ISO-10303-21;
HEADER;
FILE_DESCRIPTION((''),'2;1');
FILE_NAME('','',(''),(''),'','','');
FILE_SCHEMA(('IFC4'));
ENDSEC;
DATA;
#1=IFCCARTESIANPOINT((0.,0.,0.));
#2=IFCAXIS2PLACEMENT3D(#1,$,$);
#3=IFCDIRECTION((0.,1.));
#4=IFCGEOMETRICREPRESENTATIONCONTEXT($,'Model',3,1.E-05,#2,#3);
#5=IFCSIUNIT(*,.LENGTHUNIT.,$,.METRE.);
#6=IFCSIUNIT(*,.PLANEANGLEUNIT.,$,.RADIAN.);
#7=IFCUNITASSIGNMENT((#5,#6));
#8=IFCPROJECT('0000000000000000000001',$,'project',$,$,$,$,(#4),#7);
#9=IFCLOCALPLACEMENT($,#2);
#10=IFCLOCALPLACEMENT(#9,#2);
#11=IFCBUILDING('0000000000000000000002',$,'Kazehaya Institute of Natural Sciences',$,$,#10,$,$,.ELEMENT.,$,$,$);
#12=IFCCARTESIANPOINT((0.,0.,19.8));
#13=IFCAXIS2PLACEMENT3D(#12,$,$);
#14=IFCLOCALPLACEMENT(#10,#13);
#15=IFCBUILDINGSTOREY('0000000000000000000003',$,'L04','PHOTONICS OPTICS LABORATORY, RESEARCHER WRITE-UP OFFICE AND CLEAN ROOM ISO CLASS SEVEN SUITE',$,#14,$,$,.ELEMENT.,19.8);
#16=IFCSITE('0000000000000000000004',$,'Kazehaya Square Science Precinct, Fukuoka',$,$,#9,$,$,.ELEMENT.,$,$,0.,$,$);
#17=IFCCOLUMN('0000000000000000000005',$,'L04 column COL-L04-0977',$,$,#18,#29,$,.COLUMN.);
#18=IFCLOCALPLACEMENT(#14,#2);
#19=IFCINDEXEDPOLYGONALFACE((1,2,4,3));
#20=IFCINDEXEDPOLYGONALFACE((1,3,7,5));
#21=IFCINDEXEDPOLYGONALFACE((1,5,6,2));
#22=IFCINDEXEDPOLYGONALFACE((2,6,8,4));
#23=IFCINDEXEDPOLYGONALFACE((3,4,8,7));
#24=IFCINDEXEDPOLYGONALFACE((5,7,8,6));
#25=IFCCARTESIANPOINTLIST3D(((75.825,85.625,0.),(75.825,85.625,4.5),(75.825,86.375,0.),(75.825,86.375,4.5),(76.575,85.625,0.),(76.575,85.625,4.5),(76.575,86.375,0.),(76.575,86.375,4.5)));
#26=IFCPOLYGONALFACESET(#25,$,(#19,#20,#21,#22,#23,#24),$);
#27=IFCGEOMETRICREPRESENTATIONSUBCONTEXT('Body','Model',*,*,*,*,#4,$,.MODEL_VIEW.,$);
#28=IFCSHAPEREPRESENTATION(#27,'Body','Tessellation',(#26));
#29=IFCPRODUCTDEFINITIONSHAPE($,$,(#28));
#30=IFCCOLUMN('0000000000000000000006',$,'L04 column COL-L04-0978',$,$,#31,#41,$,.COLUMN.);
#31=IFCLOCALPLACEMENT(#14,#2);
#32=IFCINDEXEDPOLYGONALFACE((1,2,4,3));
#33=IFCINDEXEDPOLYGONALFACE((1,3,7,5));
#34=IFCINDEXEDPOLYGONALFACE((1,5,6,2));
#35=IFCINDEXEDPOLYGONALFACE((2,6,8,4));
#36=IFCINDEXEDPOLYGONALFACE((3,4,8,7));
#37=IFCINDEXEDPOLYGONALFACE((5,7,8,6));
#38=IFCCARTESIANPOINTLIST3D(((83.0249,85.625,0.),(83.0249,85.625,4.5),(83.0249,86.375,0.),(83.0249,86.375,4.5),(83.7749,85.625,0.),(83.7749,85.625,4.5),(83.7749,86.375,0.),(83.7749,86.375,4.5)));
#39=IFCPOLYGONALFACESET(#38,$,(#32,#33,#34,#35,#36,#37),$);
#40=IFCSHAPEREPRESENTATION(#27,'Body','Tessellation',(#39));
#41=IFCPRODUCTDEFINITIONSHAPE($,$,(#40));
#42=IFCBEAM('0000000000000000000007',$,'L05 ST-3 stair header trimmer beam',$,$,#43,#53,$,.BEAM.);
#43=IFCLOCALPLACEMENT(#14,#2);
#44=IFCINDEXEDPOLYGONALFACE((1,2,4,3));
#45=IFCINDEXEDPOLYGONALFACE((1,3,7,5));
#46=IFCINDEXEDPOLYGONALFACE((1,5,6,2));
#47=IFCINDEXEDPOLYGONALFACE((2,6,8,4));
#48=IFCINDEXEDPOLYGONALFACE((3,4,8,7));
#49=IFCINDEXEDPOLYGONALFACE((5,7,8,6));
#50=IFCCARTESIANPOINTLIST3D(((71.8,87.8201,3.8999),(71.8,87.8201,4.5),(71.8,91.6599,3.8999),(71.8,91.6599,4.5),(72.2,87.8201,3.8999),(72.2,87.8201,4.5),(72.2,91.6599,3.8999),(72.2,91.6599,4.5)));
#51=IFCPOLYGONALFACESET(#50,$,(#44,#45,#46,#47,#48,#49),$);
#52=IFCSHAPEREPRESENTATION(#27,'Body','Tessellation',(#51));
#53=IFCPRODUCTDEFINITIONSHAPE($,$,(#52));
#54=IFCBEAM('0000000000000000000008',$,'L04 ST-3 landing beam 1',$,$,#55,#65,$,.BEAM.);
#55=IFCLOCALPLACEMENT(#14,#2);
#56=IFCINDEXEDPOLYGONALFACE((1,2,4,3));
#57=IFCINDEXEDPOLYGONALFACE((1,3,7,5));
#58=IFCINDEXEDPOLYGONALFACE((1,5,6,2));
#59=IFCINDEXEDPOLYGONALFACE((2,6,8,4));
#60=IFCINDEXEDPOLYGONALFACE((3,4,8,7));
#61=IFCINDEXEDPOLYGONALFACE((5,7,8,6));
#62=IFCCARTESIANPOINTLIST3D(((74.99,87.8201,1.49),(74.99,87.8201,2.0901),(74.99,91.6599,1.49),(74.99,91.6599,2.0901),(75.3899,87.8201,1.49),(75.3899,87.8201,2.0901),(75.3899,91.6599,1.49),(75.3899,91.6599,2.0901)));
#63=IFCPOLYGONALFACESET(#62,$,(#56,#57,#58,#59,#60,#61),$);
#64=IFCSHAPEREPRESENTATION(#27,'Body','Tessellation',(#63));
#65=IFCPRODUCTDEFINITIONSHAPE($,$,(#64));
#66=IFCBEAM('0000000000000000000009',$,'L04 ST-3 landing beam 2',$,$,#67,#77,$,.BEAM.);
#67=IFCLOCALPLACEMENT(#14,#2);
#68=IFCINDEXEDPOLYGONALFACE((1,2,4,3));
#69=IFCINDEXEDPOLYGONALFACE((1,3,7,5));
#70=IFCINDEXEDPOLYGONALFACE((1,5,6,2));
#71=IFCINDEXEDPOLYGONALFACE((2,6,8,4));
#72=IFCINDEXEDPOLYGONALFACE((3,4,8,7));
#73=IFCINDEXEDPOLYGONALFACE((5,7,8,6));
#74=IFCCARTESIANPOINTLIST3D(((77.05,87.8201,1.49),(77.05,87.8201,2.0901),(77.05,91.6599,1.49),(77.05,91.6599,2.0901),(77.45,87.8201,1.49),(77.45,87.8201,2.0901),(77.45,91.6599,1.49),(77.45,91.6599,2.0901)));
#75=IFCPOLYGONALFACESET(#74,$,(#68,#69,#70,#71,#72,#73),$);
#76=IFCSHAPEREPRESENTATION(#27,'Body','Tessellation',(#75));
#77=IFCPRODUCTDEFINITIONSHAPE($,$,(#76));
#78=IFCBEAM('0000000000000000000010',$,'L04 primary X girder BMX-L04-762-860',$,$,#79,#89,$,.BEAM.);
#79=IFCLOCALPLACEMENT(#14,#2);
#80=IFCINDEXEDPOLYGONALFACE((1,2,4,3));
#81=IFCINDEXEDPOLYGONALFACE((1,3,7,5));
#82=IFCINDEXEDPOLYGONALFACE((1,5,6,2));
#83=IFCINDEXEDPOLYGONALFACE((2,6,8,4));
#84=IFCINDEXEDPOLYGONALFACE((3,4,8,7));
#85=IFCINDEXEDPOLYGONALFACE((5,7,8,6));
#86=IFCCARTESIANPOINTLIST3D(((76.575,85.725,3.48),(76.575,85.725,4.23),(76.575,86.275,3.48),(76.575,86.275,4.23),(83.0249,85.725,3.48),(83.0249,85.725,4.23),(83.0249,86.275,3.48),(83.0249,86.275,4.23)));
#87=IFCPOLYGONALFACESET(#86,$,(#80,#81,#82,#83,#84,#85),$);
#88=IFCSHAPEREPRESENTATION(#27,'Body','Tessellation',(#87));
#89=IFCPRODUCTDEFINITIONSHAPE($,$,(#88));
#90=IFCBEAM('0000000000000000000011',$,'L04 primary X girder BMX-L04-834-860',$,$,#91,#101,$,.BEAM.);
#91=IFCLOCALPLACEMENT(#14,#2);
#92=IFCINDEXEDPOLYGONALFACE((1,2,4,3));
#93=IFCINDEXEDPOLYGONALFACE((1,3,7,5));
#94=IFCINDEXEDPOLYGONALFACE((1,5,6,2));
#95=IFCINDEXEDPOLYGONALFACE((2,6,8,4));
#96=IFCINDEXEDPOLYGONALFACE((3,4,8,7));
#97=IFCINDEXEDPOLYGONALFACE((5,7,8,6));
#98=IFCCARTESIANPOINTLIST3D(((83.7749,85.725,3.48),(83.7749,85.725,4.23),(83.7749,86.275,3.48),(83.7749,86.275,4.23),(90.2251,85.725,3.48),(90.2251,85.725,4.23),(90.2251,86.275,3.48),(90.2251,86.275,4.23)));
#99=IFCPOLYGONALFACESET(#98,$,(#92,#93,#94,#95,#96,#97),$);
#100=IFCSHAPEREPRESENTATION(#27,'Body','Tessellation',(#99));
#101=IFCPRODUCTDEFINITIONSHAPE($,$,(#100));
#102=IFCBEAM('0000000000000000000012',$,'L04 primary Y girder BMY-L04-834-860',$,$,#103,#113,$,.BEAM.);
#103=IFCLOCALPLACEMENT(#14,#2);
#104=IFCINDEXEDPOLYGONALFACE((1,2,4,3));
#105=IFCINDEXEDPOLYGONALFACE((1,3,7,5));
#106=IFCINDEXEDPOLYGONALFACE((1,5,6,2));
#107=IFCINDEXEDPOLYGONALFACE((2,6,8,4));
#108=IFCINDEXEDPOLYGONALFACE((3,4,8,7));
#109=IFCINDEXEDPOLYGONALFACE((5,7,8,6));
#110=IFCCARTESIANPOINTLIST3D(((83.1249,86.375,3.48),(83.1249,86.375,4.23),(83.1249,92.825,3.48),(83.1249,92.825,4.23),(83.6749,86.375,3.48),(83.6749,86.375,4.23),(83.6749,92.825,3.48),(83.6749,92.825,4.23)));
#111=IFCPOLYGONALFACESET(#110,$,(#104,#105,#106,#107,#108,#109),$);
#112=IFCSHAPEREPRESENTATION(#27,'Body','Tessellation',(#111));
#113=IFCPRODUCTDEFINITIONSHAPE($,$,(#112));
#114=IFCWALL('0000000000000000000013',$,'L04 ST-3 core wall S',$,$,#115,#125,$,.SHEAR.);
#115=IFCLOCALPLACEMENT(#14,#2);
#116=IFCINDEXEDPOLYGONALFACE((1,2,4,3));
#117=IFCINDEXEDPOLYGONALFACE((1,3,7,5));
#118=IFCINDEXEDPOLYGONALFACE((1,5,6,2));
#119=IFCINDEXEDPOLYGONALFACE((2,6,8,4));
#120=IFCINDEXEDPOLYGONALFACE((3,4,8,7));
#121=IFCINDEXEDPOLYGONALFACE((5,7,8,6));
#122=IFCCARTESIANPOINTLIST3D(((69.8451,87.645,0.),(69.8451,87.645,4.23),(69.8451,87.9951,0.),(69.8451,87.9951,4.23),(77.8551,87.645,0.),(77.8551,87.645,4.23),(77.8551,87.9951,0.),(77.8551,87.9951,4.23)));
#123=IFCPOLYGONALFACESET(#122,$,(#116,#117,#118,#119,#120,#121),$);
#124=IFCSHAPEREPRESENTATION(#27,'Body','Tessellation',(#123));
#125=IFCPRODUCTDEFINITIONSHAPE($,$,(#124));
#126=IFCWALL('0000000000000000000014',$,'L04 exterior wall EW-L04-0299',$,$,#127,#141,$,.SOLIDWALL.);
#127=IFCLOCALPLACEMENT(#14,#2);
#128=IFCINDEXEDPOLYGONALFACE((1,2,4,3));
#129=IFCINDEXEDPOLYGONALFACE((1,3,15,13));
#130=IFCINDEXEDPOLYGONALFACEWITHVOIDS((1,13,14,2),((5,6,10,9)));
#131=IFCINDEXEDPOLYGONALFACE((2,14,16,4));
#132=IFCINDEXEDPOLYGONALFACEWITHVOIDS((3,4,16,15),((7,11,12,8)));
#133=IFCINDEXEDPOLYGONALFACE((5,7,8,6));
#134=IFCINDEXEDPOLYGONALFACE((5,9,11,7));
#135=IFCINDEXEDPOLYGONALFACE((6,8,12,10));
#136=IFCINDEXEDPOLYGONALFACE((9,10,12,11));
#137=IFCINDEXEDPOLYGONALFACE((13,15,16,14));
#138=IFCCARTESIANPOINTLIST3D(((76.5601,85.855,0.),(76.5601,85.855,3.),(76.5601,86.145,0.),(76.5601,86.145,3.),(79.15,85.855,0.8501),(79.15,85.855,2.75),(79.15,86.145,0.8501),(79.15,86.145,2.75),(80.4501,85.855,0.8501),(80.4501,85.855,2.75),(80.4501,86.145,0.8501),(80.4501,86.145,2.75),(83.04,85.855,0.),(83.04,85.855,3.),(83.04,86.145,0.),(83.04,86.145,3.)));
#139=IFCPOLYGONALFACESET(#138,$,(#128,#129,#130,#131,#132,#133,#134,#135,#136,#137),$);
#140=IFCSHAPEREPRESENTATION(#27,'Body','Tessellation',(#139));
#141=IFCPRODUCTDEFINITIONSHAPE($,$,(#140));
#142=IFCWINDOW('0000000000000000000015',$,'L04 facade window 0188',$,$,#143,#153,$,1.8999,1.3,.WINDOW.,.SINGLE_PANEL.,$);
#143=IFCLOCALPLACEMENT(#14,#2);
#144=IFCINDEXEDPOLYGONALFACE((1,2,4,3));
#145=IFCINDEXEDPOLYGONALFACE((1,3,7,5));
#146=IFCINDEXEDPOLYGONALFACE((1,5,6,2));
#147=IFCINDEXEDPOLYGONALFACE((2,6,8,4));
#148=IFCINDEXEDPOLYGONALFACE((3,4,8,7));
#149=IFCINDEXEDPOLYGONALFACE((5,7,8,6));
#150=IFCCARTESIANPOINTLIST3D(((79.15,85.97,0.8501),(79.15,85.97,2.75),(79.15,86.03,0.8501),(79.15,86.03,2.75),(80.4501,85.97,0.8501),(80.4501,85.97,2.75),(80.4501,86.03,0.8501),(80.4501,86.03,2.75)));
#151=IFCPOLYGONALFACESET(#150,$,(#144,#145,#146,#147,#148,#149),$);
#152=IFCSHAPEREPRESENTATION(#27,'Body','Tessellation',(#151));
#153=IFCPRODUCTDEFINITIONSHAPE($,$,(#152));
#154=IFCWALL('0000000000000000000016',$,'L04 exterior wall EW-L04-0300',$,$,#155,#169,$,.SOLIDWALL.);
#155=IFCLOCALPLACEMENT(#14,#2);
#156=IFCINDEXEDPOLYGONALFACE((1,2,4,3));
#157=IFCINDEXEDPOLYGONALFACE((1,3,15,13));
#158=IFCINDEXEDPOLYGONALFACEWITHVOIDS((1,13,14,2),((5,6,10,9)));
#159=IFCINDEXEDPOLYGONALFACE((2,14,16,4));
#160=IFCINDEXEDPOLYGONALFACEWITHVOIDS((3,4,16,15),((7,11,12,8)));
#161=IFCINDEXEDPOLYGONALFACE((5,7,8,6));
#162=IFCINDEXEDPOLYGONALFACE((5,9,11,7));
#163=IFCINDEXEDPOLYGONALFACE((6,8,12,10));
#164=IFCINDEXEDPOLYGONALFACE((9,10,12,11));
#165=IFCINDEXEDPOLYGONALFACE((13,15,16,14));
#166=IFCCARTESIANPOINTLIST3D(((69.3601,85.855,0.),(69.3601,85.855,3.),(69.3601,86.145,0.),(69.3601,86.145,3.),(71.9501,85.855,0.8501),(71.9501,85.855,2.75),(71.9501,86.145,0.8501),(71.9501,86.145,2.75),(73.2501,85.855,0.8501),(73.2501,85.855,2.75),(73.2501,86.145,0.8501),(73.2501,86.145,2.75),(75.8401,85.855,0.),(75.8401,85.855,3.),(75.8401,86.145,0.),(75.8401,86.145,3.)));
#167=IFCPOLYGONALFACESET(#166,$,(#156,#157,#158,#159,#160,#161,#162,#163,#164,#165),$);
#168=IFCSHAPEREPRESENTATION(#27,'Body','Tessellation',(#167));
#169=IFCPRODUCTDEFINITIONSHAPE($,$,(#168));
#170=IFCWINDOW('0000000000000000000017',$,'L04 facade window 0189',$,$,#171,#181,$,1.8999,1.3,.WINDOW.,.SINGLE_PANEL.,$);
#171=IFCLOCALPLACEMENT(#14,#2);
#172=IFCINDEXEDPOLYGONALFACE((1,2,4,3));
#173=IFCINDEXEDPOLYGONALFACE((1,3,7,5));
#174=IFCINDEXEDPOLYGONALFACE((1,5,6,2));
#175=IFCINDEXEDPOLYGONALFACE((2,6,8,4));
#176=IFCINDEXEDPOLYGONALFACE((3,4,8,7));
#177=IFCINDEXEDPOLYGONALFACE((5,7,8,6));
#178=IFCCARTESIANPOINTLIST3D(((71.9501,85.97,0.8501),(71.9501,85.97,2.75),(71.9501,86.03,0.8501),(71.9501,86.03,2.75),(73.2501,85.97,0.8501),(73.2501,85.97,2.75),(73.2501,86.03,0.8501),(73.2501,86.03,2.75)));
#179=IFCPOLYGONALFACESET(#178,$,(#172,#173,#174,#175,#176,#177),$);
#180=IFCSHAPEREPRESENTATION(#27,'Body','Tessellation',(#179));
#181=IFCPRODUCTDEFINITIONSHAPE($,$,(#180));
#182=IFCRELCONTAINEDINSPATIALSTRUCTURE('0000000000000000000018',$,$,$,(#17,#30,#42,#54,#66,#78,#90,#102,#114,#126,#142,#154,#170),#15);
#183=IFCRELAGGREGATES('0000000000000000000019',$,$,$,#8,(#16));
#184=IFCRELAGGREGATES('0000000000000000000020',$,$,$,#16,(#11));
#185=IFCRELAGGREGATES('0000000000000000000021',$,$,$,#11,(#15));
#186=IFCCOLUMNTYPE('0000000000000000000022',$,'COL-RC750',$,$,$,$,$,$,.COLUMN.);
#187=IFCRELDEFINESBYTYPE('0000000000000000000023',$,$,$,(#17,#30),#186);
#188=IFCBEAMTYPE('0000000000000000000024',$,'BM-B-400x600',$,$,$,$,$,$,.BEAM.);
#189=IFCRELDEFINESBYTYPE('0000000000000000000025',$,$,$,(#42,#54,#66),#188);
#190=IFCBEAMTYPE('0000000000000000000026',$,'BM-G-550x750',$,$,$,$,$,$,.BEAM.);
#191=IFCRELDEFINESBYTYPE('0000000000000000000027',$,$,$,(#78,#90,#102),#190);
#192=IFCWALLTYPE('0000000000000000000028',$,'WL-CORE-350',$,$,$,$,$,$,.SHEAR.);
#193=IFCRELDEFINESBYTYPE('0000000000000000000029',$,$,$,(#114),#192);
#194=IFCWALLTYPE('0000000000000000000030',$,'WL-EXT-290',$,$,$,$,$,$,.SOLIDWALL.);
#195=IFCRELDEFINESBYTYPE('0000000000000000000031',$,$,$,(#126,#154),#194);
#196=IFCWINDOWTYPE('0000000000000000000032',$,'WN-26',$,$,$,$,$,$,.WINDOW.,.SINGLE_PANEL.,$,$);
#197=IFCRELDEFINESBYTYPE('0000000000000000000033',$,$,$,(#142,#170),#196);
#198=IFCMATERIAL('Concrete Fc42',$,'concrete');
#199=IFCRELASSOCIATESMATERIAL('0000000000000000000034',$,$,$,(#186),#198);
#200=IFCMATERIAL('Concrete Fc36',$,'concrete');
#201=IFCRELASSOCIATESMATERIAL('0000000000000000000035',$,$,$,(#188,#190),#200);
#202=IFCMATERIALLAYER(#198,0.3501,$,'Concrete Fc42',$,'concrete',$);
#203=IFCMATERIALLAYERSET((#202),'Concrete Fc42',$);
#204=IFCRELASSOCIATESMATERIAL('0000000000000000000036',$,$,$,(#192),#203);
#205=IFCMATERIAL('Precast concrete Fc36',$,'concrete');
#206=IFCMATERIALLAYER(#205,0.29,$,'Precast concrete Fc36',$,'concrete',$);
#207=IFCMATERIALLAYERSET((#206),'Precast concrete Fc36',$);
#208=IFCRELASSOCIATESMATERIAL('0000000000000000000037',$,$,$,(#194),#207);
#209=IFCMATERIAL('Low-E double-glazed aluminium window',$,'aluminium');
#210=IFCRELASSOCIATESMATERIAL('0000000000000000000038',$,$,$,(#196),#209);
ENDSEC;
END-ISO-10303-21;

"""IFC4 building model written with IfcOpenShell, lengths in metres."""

from ifc_helpers import new_model, si_unit, direction, frame, frame_2d, origin, origin_2d, place, context, subcontext, project, spatial, rectangle, extrude, material, layer, layer_set, material_profile, profile_set, type_object, element, fill, save


model = new_model("IFC4")

# Units and contexts
model_context = context("Model", 3, precision=1e-05, world=origin(), true_north=direction((0.0, 1.0)))
body_context = subcontext(model_context, "Body", "Model", "MODEL_VIEW")
ifc_project = project(units=[si_unit("LENGTHUNIT", "METRE"), si_unit("PLANEANGLEUNIT", "RADIAN")], contexts=[model_context])

# Site, building, storey
site_placement = place(None, origin())
site = spatial("IfcSite", under=ifc_project, at=site_placement, Name="Kazehaya Square Science Precinct, Fukuoka", CompositionType="ELEMENT", RefElevation=0.0)
building_placement = place(site_placement, origin())
building = spatial("IfcBuilding", under=site, at=building_placement, Name="Kazehaya Institute of Natural Sciences", CompositionType="ELEMENT")
storey_placement = place(building_placement, frame((0.0, 0.0, 19.8)))
storey = spatial("IfcBuildingStorey", under=building, at=storey_placement, Name="L04", Description="PHOTONICS OPTICS LABORATORY, RESEARCHER WRITE-UP OFFICE AND CLEAN ROOM ISO CLASS SEVEN SUITE", CompositionType="ELEMENT", Elevation=19.8)

# Columns
ifc_material_1 = material(Name="Concrete Fc42", Category="concrete")
ifc_material_profile_1 = material_profile(ifc_material_1, rectangle(XDim=0.75, YDim=0.75, at=origin_2d()), Name="RC-750x750")
ifc_profile_set_1 = profile_set([ifc_material_profile_1], Name="Concrete Fc42")
column_type = type_object("IfcColumnType", Name="COL-RC750", PredefinedType="COLUMN", material=ifc_profile_set_1)
for number, where, z_axis, x_axis, name in (
    (1, (76.2, 86.0, 0.0), (0.0, 0.0, 1.0), (1.0, 0.0, 0.0), "L04 column COL-L04-0977"),
    (2, (83.3999, 86.0, 0.0), (0.0, 0.0, 1.0), (1.0, 0.0, 0.0), "L04 column COL-L04-0978"),
):
    element("IfcColumn", number, at=place(storey_placement, frame(where, z_axis=z_axis, x_axis=x_axis)), inside=storey, type_object=column_type, Name=name, PredefinedType="COLUMN", context=body_context, shape_type="SweptSolid", body=[
        extrude(rectangle(XDim=0.75, YDim=0.75, at=origin_2d()), origin(), (0.0, 0.0, 1.0), 4.5),
    ])

# Beams
ifc_material_2 = material(Name="Concrete Fc36", Category="concrete")
ifc_material_profile_2 = material_profile(ifc_material_2, rectangle(XDim=0.3999, YDim=0.6001, at=origin_2d()), Name="RC-400x600")
ifc_profile_set_2 = profile_set([ifc_material_profile_2], Name="Concrete Fc36")
beam_type_1 = type_object("IfcBeamType", Name="BM-B-400x600", PredefinedType="BEAM", material=ifc_profile_set_2)
for number, where, z_axis, x_axis, name in (
    (3, (72.0, 87.8201, 4.2), (0.0, 1.0, 0.0), (-1.0, 0.0, 0.0), "L05 ST-3 stair header trimmer beam"),
    (4, (75.1899, 87.8201, 1.79), (0.0, 1.0, 0.0), (-1.0, 0.0, 0.0), "L04 ST-3 landing beam 1"),
    (5, (77.25, 87.8201, 1.79), (0.0, 1.0, 0.0), (-1.0, 0.0, 0.0), "L04 ST-3 landing beam 2"),
):
    element("IfcBeam", number, at=place(storey_placement, frame(where, z_axis=z_axis, x_axis=x_axis)), inside=storey, type_object=beam_type_1, Name=name, PredefinedType="BEAM", context=body_context, shape_type="SweptSolid", body=[
        extrude(rectangle(XDim=0.3999, YDim=0.6001, at=origin_2d()), origin(), (0.0, 0.0, 1.0), 3.8398),
    ])
ifc_material_profile_3 = material_profile(ifc_material_2, rectangle(XDim=0.55, YDim=0.75, at=origin_2d()), Name="RC-550x750")
ifc_profile_set_3 = profile_set([ifc_material_profile_3], Name="Concrete Fc36")
beam_type_2 = type_object("IfcBeamType", Name="BM-G-550x750", PredefinedType="BEAM", material=ifc_profile_set_3)
beam_1_placement = place(storey_placement, frame((76.575, 86.0, 3.855), z_axis=(1.0, 0.0, 0.0), x_axis=(0.0, 1.0, 0.0)))
element("IfcBeam", 6, at=beam_1_placement, inside=storey, type_object=beam_type_2, Name="L04 primary X girder BMX-L04-762-860", PredefinedType="BEAM", context=body_context, shape_type="SweptSolid", body=[
    extrude(rectangle(XDim=0.55, YDim=0.75, at=origin_2d()), origin(), (0.0, 0.0, 1.0), 6.45),
])
beam_2_placement = place(storey_placement, frame((83.7749, 86.0, 3.855), z_axis=(1.0, 0.0, 0.0), x_axis=(0.0, 1.0, 0.0)))
element("IfcBeam", 7, at=beam_2_placement, inside=storey, type_object=beam_type_2, Name="L04 primary X girder BMX-L04-834-860", PredefinedType="BEAM", context=body_context, shape_type="SweptSolid", body=[
    extrude(rectangle(XDim=0.55, YDim=0.75, at=origin_2d()), origin(), (0.0, 0.0, 1.0), 6.4502),
])
beam_3_placement = place(storey_placement, frame((83.3999, 86.375, 3.855), z_axis=(0.0, 1.0, 0.0), x_axis=(-1.0, 0.0, 0.0)))
element("IfcBeam", 8, at=beam_3_placement, inside=storey, type_object=beam_type_2, Name="L04 primary Y girder BMY-L04-834-860", PredefinedType="BEAM", context=body_context, shape_type="SweptSolid", body=[
    extrude(rectangle(XDim=0.55, YDim=0.75, at=origin_2d()), origin(), (0.0, 0.0, 1.0), 6.45),
])

# Wall
ifc_layer_1 = layer(ifc_material_1, 0.3501, Name="Concrete Fc42", Category="concrete")
ifc_layer_set_1 = layer_set([ifc_layer_1], Name="Concrete Fc42")
wall_type_1 = type_object("IfcWallType", Name="WL-CORE-350", PredefinedType="SHEAR", material=ifc_layer_set_1)
wall_1_placement = place(storey_placement, frame((77.855, 87.8201, 0.0), z_axis=(0.0, 0.0, 1.0), x_axis=(-1.0, 0.0, 0.0)))
element("IfcWall", 9, at=wall_1_placement, inside=storey, type_object=wall_type_1, Name="L04 ST-3 core wall S", PredefinedType="SHEAR", context=body_context, shape_type="SweptSolid", body=[
    extrude(rectangle(XDim=8.01, YDim=0.3501, at=frame_2d((4.0049, 0.0))), origin(), (0.0, 0.0, 1.0), 4.23),
])

# Walls, openings, windows
ifc_material_3 = material(Name="Precast concrete Fc36", Category="concrete")
ifc_layer_2 = layer(ifc_material_3, 0.29, Name="Precast concrete Fc36", Category="concrete")
ifc_layer_set_2 = layer_set([ifc_layer_2], Name="Precast concrete Fc36")
wall_type_2 = type_object("IfcWallType", Name="WL-EXT-290", PredefinedType="SOLIDWALL", material=ifc_layer_set_2)
wall_2_placement = place(storey_placement, frame((83.04, 86.0, 0.0), z_axis=(0.0, 0.0, 1.0), x_axis=(-1.0, 0.0, 0.0)))
wall_2 = element("IfcWall", 10, at=wall_2_placement, inside=storey, type_object=wall_type_2, Name="L04 exterior wall EW-L04-0299", PredefinedType="SOLIDWALL", context=body_context, shape_type="SweptSolid", body=[
    extrude(rectangle(XDim=6.48, YDim=0.29, at=frame_2d((3.24, 0.0))), origin(), (0.0, 0.0, 1.0), 3.0),
])
opening_1_placement = place(wall_2_placement, frame((2.5901, 0.0, 0.8501)))
opening_1 = element("IfcOpeningElement", 11, at=opening_1_placement, cuts=wall_2, PredefinedType="OPENING", context=body_context, shape_type="SweptSolid", body=[
    extrude(rectangle(XDim=1.3, YDim=1.8999, at=frame_2d((0.6499, 0.95))), frame((0.0, 0.155, 0.0), z_axis=(0.0, -1.0, 0.0), x_axis=(1.0, 0.0, 0.0)), (0.0, 0.0, 1.0), 0.3101),
])
ifc_material_4 = material(Name="Low-E double-glazed aluminium window", Category="aluminium")
window_type = type_object("IfcWindowType", Name="WN-26", PartitioningType="SINGLE_PANEL", PredefinedType="WINDOW", material=ifc_material_4)
window_1_placement = place(opening_1_placement, origin())
window_1 = element("IfcWindow", 12, at=window_1_placement, inside=storey, type_object=window_type, Name="L04 facade window 0188", OverallHeight=1.8999, OverallWidth=1.3, PartitioningType="SINGLE_PANEL", PredefinedType="WINDOW", context=body_context, shape_type="SweptSolid", body=[
    extrude(rectangle(XDim=1.3, YDim=1.8999, at=frame_2d((0.6499, 0.95))), frame((0.0, 0.03, 0.0), z_axis=(0.0, -1.0, 0.0), x_axis=(1.0, 0.0, 0.0)), (0.0, 0.0, 1.0), 0.0601),
])
fill(opening_1, window_1)
wall_3_placement = place(storey_placement, frame((75.8401, 86.0, 0.0), z_axis=(0.0, 0.0, 1.0), x_axis=(-1.0, 0.0, 0.0)))
wall_3 = element("IfcWall", 13, at=wall_3_placement, inside=storey, type_object=wall_type_2, Name="L04 exterior wall EW-L04-0300", PredefinedType="SOLIDWALL", context=body_context, shape_type="SweptSolid", body=[
    extrude(rectangle(XDim=6.48, YDim=0.29, at=frame_2d((3.24, 0.0))), origin(), (0.0, 0.0, 1.0), 3.0),
])
opening_2_placement = place(wall_3_placement, frame((2.5901, 0.0, 0.8501)))
opening_2 = element("IfcOpeningElement", 14, at=opening_2_placement, cuts=wall_3, PredefinedType="OPENING", context=body_context, shape_type="SweptSolid", body=[
    extrude(rectangle(XDim=1.3, YDim=1.8999, at=frame_2d((0.6499, 0.95))), frame((0.0, 0.155, 0.0), z_axis=(0.0, -1.0, 0.0), x_axis=(1.0, 0.0, 0.0)), (0.0, 0.0, 1.0), 0.3101),
])
window_2_placement = place(opening_2_placement, origin())
window_2 = element("IfcWindow", 15, at=window_2_placement, inside=storey, type_object=window_type, Name="L04 facade window 0189", OverallHeight=1.8999, OverallWidth=1.3, PartitioningType="SINGLE_PANEL", PredefinedType="WINDOW", context=body_context, shape_type="SweptSolid", body=[
    extrude(rectangle(XDim=1.3, YDim=1.8999, at=frame_2d((0.6499, 0.95))), frame((0.0, 0.03, 0.0), z_axis=(0.0, -1.0, 0.0), x_axis=(1.0, 0.0, 0.0)), (0.0, 0.0, 1.0), 0.0601),
])
fill(opening_2, window_2)

save(model, "model.ifc")
